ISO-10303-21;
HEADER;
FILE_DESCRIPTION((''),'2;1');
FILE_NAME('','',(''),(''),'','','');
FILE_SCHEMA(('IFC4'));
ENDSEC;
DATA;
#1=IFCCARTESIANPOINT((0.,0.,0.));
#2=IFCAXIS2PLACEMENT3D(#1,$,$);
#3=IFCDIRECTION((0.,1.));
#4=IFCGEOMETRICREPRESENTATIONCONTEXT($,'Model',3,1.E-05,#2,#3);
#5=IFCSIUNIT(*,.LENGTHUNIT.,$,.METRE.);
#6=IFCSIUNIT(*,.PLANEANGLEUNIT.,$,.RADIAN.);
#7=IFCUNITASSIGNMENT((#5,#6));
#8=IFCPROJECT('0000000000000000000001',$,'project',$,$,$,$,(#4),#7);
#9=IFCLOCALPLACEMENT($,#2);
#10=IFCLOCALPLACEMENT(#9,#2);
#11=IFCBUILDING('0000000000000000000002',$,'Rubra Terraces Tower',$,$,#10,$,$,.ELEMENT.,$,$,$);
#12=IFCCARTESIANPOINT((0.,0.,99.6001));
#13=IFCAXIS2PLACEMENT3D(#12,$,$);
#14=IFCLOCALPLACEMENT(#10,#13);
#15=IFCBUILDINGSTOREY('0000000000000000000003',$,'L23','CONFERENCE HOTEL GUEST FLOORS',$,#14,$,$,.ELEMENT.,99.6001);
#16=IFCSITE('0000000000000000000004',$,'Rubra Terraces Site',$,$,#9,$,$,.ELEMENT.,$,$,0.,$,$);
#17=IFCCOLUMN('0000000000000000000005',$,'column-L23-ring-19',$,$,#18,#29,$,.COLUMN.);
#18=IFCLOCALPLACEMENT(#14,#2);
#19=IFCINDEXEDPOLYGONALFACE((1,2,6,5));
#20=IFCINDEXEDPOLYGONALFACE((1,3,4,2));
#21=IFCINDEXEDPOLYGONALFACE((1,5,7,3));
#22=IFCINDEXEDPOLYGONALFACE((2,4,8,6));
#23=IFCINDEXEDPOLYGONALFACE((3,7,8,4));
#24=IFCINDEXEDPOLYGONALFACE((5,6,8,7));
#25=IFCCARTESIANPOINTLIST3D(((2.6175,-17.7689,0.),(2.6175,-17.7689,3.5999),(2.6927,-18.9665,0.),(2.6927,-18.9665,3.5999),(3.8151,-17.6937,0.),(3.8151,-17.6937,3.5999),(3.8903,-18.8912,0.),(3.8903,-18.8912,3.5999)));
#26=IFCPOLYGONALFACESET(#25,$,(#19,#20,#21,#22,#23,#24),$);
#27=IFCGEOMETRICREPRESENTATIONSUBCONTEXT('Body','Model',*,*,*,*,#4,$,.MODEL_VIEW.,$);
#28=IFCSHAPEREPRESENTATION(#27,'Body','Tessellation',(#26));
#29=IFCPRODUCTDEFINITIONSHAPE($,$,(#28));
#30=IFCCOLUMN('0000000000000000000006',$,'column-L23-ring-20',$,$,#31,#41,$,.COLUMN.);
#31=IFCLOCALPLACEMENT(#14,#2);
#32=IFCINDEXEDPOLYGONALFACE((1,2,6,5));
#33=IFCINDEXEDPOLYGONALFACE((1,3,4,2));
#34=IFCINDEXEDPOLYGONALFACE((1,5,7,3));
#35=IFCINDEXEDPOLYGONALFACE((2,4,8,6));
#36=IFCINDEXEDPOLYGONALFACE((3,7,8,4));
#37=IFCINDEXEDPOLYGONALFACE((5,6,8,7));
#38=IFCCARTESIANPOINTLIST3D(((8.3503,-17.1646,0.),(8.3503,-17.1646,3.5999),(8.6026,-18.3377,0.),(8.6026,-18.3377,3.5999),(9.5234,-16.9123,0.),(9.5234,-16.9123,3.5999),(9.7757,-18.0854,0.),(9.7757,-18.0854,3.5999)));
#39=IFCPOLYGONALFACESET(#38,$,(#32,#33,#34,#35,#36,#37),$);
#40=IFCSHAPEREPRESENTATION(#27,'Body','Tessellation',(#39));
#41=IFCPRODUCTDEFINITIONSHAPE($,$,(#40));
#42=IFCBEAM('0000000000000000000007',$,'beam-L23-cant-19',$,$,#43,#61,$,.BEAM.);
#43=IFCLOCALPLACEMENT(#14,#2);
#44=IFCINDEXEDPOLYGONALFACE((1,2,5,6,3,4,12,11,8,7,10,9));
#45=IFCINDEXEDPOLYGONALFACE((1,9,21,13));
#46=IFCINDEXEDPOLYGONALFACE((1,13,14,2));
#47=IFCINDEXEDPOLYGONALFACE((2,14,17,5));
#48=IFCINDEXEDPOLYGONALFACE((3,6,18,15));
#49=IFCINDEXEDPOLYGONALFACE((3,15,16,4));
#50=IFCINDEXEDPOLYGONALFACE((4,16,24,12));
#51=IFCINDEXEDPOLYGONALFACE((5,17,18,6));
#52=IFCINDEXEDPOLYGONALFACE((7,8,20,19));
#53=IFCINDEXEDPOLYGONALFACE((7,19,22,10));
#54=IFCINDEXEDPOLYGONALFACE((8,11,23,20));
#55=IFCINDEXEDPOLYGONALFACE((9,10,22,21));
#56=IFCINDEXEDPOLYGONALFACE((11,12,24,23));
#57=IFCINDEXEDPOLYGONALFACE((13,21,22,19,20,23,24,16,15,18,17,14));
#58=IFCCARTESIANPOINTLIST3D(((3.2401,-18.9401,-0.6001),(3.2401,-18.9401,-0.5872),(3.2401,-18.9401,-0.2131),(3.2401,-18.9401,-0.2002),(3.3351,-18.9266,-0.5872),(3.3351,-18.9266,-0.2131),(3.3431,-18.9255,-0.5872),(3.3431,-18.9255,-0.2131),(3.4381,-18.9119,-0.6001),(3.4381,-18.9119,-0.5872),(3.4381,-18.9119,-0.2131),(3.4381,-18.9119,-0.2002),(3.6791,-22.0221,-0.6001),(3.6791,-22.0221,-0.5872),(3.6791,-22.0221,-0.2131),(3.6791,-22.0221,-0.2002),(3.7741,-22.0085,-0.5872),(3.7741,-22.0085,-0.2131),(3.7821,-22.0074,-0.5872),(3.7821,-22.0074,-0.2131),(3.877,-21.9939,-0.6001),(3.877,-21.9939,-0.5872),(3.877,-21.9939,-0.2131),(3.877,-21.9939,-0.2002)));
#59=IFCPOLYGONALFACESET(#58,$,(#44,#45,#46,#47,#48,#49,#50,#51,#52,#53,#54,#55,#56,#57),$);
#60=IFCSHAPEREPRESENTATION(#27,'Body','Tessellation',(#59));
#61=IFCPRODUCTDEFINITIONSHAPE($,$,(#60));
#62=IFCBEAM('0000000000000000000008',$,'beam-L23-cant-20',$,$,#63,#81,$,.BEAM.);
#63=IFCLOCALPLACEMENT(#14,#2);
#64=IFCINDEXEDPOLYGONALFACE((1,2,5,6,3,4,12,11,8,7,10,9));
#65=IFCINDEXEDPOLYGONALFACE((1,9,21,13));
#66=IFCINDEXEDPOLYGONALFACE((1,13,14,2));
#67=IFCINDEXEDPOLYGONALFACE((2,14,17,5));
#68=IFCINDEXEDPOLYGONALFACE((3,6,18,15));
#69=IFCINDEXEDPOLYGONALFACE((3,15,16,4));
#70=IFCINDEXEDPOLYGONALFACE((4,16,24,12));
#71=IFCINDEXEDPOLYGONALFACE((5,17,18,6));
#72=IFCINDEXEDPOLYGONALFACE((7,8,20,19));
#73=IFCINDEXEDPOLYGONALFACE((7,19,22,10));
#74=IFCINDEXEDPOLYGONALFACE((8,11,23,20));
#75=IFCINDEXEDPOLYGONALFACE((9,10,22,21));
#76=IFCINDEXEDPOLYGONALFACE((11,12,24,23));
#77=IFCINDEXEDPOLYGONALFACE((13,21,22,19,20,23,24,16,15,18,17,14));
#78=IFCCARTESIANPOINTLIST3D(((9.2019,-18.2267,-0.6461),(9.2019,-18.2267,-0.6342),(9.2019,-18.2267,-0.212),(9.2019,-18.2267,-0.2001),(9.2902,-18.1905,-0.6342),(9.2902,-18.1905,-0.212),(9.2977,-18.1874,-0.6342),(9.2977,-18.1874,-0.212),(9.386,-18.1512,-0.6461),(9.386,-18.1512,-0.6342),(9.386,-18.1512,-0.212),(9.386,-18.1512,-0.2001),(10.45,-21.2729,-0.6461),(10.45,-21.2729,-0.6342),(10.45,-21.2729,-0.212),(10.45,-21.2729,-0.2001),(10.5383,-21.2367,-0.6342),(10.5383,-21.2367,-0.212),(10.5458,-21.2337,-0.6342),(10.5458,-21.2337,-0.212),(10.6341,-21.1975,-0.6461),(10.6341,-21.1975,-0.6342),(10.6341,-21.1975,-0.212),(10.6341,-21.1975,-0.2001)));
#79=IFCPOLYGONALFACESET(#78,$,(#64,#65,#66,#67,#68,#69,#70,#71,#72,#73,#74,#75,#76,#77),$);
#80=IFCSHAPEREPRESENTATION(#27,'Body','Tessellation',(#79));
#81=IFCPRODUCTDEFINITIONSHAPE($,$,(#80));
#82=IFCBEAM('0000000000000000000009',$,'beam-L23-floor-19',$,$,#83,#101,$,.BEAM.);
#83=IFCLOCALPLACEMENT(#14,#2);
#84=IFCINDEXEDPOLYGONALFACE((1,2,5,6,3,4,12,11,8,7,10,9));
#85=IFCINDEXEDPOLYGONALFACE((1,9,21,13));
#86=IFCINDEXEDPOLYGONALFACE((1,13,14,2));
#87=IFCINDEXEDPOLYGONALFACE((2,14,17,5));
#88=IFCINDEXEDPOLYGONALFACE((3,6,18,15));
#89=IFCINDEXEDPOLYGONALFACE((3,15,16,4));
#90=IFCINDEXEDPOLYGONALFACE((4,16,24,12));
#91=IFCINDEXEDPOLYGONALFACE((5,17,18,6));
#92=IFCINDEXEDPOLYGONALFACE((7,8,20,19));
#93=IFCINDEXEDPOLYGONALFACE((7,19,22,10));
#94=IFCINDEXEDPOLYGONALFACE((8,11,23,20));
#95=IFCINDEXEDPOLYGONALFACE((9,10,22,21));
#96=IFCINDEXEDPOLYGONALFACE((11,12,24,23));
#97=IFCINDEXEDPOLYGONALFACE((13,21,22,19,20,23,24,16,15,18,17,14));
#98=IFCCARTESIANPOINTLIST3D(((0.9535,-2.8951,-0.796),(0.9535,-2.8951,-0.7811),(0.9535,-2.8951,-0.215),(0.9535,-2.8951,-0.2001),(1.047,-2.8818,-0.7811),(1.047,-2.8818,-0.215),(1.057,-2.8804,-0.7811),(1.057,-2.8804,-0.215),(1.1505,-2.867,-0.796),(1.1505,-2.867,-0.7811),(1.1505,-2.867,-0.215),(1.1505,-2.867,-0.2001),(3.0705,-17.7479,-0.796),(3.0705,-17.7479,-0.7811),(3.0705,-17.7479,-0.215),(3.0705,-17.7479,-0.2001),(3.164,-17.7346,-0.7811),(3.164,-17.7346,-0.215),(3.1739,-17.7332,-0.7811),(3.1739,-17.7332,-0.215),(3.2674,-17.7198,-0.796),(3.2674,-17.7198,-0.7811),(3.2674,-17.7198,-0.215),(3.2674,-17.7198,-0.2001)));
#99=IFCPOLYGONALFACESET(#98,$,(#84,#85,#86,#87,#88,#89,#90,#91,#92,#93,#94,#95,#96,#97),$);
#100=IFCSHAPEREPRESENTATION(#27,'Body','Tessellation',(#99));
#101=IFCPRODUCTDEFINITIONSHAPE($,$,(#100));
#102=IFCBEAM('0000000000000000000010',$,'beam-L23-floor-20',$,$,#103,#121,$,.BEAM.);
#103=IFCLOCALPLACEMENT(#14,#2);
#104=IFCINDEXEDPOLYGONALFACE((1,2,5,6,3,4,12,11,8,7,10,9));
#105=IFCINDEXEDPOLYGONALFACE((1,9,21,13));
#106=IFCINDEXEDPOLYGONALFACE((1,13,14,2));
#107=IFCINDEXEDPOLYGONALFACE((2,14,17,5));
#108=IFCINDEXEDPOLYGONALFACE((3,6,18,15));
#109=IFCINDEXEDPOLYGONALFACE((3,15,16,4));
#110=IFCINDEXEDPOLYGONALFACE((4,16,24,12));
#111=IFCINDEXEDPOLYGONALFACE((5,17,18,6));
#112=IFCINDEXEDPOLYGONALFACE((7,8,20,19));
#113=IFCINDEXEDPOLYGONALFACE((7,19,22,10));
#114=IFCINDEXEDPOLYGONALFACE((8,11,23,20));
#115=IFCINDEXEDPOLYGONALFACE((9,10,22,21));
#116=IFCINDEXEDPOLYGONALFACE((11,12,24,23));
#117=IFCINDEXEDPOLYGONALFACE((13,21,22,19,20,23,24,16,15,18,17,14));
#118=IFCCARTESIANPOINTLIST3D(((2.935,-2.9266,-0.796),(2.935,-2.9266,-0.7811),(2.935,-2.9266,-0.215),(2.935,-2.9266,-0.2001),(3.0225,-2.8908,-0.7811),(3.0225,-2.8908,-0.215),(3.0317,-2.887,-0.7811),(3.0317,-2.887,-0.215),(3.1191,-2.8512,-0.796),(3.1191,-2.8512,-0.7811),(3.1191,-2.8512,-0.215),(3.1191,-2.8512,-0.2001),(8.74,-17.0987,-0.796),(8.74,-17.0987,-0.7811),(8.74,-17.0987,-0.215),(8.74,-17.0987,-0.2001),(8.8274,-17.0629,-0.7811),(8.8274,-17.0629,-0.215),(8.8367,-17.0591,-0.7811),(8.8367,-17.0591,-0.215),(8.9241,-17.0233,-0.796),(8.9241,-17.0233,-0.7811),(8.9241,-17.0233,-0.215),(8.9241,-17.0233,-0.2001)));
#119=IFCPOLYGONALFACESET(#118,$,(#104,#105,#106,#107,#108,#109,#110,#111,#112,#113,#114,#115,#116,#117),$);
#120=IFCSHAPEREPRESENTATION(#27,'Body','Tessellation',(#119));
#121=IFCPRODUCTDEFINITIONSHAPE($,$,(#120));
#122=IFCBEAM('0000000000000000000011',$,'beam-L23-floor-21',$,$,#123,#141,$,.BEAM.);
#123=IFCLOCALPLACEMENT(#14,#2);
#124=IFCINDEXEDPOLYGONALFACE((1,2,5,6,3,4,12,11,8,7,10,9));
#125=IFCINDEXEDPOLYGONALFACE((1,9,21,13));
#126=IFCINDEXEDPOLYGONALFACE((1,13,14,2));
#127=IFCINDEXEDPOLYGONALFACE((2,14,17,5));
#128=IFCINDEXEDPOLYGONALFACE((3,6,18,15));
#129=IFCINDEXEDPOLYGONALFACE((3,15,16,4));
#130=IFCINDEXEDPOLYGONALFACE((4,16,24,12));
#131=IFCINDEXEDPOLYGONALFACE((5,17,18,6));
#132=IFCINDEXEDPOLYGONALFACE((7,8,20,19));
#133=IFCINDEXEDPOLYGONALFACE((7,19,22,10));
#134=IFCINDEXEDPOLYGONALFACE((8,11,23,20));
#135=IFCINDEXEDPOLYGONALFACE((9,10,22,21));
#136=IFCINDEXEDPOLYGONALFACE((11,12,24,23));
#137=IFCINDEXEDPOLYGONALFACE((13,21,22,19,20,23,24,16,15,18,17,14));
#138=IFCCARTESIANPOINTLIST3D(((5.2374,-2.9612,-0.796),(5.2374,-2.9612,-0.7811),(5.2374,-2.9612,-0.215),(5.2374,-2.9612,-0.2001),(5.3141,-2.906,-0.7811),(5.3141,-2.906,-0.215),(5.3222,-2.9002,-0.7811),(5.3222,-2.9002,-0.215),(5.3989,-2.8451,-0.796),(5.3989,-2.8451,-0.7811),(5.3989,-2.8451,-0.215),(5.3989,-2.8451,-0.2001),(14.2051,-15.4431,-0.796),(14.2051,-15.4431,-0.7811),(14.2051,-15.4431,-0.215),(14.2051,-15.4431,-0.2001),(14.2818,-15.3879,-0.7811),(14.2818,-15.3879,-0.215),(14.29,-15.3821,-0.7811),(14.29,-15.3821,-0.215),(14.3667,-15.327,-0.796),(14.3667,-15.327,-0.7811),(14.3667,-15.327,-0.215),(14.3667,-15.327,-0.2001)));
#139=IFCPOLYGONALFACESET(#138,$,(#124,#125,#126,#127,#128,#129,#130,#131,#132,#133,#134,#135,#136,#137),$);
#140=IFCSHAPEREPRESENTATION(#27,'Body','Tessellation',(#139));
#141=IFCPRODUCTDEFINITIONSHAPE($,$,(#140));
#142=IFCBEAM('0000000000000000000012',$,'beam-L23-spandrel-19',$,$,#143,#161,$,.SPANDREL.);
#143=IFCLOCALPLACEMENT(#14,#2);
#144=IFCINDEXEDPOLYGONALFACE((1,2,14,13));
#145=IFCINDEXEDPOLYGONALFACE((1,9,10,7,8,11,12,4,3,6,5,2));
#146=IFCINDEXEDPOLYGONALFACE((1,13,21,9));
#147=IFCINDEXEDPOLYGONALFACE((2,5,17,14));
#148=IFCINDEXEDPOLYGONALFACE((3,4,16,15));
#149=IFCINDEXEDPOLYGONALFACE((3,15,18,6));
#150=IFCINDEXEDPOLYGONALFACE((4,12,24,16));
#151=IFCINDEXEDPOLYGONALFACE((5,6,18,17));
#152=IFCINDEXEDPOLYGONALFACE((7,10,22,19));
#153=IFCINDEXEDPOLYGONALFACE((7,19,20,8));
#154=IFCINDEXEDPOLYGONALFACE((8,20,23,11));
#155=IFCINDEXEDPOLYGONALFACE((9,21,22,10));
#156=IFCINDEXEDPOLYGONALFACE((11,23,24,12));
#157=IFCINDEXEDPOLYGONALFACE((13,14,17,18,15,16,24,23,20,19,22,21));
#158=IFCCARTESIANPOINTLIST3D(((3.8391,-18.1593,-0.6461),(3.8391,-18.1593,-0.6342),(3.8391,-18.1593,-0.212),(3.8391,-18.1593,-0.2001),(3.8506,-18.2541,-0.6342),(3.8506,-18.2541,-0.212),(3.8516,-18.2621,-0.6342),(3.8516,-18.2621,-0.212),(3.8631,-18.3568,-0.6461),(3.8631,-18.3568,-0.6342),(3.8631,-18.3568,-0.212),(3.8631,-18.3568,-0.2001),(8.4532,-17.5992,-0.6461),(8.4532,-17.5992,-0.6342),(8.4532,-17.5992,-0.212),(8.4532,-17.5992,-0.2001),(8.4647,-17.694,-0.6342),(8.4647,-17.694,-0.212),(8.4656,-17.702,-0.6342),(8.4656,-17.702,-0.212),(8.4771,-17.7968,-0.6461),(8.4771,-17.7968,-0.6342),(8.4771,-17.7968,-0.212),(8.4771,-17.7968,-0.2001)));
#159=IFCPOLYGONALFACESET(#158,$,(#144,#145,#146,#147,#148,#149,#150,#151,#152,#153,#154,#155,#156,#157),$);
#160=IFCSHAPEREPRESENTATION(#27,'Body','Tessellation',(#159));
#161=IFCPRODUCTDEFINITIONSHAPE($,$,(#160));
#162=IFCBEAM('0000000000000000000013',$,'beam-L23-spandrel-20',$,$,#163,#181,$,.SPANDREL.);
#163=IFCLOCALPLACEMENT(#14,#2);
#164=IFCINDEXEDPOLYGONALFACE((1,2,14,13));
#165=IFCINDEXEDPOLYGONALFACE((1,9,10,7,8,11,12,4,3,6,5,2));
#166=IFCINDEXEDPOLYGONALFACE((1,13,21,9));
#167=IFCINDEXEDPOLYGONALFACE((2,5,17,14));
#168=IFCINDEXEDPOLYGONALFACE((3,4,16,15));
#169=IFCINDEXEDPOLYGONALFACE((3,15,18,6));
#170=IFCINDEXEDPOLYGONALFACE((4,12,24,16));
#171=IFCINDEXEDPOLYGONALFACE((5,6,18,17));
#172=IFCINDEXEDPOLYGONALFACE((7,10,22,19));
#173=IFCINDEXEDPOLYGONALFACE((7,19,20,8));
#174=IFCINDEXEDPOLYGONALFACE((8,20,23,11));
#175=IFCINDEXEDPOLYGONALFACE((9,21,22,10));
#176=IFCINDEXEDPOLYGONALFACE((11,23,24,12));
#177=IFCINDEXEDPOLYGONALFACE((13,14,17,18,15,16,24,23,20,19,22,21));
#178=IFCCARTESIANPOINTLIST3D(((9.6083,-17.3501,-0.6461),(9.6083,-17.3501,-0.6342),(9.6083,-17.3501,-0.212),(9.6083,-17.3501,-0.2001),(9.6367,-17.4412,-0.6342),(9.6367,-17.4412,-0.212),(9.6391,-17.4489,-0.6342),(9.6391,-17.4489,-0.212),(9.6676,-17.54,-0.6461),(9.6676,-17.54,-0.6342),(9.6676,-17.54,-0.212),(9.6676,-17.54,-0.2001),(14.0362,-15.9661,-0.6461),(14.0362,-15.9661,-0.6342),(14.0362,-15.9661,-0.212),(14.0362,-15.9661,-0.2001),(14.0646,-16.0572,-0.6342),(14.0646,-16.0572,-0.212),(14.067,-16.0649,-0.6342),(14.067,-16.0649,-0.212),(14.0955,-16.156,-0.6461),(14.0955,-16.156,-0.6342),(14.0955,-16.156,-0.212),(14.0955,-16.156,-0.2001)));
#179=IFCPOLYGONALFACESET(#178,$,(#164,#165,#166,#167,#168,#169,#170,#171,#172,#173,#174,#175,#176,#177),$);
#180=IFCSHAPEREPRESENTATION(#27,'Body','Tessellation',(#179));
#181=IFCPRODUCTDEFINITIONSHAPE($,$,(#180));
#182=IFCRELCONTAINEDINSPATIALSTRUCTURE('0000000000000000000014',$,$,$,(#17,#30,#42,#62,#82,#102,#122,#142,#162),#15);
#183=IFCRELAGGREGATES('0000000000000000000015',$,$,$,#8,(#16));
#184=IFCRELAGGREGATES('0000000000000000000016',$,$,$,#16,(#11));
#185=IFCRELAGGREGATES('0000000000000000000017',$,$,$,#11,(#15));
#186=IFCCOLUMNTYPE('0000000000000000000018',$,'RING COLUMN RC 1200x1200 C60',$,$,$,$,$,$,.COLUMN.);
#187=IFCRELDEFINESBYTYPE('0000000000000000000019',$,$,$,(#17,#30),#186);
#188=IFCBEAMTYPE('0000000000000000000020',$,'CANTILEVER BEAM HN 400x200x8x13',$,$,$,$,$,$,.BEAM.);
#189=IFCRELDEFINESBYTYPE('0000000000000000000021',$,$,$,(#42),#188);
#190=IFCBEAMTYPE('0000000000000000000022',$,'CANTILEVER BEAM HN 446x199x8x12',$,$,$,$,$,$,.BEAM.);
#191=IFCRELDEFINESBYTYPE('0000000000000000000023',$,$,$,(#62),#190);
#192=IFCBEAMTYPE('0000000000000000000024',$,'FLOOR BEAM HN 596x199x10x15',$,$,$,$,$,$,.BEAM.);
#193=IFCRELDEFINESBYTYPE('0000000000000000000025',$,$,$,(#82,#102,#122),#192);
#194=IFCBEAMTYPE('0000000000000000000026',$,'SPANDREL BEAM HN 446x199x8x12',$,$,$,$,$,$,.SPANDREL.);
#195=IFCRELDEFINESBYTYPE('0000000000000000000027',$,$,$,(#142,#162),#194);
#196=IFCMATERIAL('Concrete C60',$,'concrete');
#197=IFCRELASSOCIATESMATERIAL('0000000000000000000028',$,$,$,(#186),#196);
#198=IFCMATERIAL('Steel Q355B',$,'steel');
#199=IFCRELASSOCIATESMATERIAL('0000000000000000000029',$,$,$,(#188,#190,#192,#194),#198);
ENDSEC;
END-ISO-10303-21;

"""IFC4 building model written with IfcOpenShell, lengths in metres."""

from ifc_helpers import new_model, si_unit, direction, frame, origin, origin_2d, place, context, subcontext, project, spatial, rectangle, i_section, extrude, material, material_profile, profile_set, type_object, element, save


model = new_model("IFC4")

# Units and contexts
model_context = context("Model", 3, precision=1e-05, world=origin(), true_north=direction((0.0, 1.0)))
body_context = subcontext(model_context, "Body", "Model", "MODEL_VIEW")
ifc_project = project(units=[si_unit("LENGTHUNIT", "METRE"), si_unit("PLANEANGLEUNIT", "RADIAN")], contexts=[model_context])

# Site, building, storey
site_placement = place(None, origin())
site = spatial("IfcSite", under=ifc_project, at=site_placement, Name="Rubra Terraces Site", CompositionType="ELEMENT", RefElevation=0.0)
building_placement = place(site_placement, origin())
building = spatial("IfcBuilding", under=site, at=building_placement, Name="Rubra Terraces Tower", CompositionType="ELEMENT")
storey_placement = place(building_placement, frame((0.0, 0.0, 99.6001)))
storey = spatial("IfcBuildingStorey", under=building, at=storey_placement, Name="L23", Description="CONFERENCE HOTEL GUEST FLOORS", CompositionType="ELEMENT", Elevation=99.6001)

# Columns
ifc_material_1 = material(Name="Concrete C60", Category="concrete")
ifc_material_profile_1 = material_profile(ifc_material_1, rectangle(XDim=1.2, YDim=1.2, at=origin_2d()), Name="RC 1200x1200")
ifc_profile_set_1 = profile_set([ifc_material_profile_1], Name="Concrete C60")
column_type = type_object("IfcColumnType", Name="RING COLUMN RC 1200x1200 C60", PredefinedType="COLUMN", material=ifc_profile_set_1)
for number, where, z_axis, x_axis, name in (
    (1, (3.2539, -18.3301, 0.0), (0.0, 0.0, 1.0), (0.998032, 0.062714, 0.0), "column-L23-ring-19"),
    (2, (9.063, -17.625, 0.0), (0.0, 0.0, 1.0), (0.977653, 0.210227, 0.0), "column-L23-ring-20"),
):
    element("IfcColumn", number, at=place(storey_placement, frame(where, z_axis=z_axis, x_axis=x_axis)), inside=storey, type_object=column_type, Name=name, PredefinedType="COLUMN", context=body_context, shape_type="SweptSolid", body=[
        extrude(rectangle(XDim=1.2, YDim=1.2, at=origin_2d()), origin(), (0.0, 0.0, 1.0), 3.5999),
    ])

# Beams
ifc_material_2 = material(Name="Steel Q355B", Category="steel")
ifc_material_profile_2 = material_profile(ifc_material_2, i_section(OverallWidth=0.2, OverallDepth=0.3999, WebThickness=0.0081, FlangeThickness=0.0129, at=origin_2d()), Name="HN 400x200x8x13")
ifc_profile_set_2 = profile_set([ifc_material_profile_2], Name="Steel Q355B")
beam_type_1 = type_object("IfcBeamType", Name="CANTILEVER BEAM HN 400x200x8x13", PredefinedType="BEAM", material=ifc_profile_set_2)
beam_1_placement = place(storey_placement, frame((3.3391, -18.926, -0.4001), z_axis=(0.141004, -0.990009, 0.0), x_axis=(0.990009, 0.141004, 0.0)))
element("IfcBeam", 3, at=beam_1_placement, inside=storey, type_object=beam_type_1, Name="beam-L23-cant-19", PredefinedType="BEAM", context=body_context, shape_type="SweptSolid", body=[
    extrude(i_section(OverallWidth=0.2, OverallDepth=0.3999, WebThickness=0.0081, FlangeThickness=0.0129, at=origin_2d()), origin(), (0.0, 0.0, 1.0), 3.113),
])
ifc_material_profile_3 = material_profile(ifc_material_2, i_section(OverallWidth=0.199, OverallDepth=0.446, WebThickness=0.0081, FlangeThickness=0.012, at=origin_2d()), Name="HN 446x199x8x12")
ifc_profile_set_3 = profile_set([ifc_material_profile_3], Name="Steel Q355B")
beam_type_2 = type_object("IfcBeamType", Name="CANTILEVER BEAM HN 446x199x8x12", PredefinedType="BEAM", material=ifc_profile_set_3)
beam_2_placement = place(storey_placement, frame((9.2939, -18.189, -0.4231), z_axis=(0.379127, -0.925345, 0.0), x_axis=(0.925345, 0.379127, 0.0)))
element("IfcBeam", 4, at=beam_2_placement, inside=storey, type_object=beam_type_2, Name="beam-L23-cant-20", PredefinedType="BEAM", context=body_context, shape_type="SweptSolid", body=[
    extrude(i_section(OverallWidth=0.199, OverallDepth=0.446, WebThickness=0.0081, FlangeThickness=0.012, at=origin_2d()), origin(), (0.0, 0.0, 1.0), 3.292),
])
ifc_material_profile_4 = material_profile(ifc_material_2, i_section(OverallWidth=0.199, OverallDepth=0.5959, WebThickness=0.01, FlangeThickness=0.0149, at=origin_2d()), Name="HN 596x199x10x15")
ifc_profile_set_4 = profile_set([ifc_material_profile_4], Name="Steel Q355B")
beam_type_3 = type_object("IfcBeamType", Name="FLOOR BEAM HN 596x199x10x15", PredefinedType="BEAM", material=ifc_profile_set_4)
beam_3_placement = place(storey_placement, frame((3.1689, -17.7339, -0.498), z_axis=(-0.141102, 0.989995, 0.0), x_axis=(-0.989995, -0.141102, 0.0)))
element("IfcBeam", 5, at=beam_3_placement, inside=storey, type_object=beam_type_3, Name="beam-L23-floor-19", PredefinedType="BEAM", context=body_context, shape_type="SweptSolid", body=[
    extrude(i_section(OverallWidth=0.199, OverallDepth=0.5959, WebThickness=0.01, FlangeThickness=0.0149, at=origin_2d()), origin(), (0.0, 0.0, 1.0), 15.0029),
])
beam_4_placement = place(storey_placement, frame((8.832, -17.061, -0.498), z_axis=(-0.379038, 0.925381, 0.0), x_axis=(-0.925381, -0.379038, 0.0)))
element("IfcBeam", 6, at=beam_4_placement, inside=storey, type_object=beam_type_3, Name="beam-L23-floor-20", PredefinedType="BEAM", context=body_context, shape_type="SweptSolid", body=[
    extrude(i_section(OverallWidth=0.199, OverallDepth=0.5959, WebThickness=0.01, FlangeThickness=0.0149, at=origin_2d()), origin(), (0.0, 0.0, 1.0), 15.3149),
])
beam_5_placement = place(storey_placement, frame((14.2859, -15.385, -0.498), z_axis=(-0.583481, 0.812127, 0.0), x_axis=(-0.812127, -0.583481, 0.0)))
element("IfcBeam", 7, at=beam_5_placement, inside=storey, type_object=beam_type_3, Name="beam-L23-floor-21", PredefinedType="BEAM", context=body_context, shape_type="SweptSolid", body=[
    extrude(i_section(OverallWidth=0.199, OverallDepth=0.5959, WebThickness=0.01, FlangeThickness=0.0149, at=origin_2d()), origin(), (0.0, 0.0, 1.0), 15.3694),
])
ifc_material_profile_5 = material_profile(ifc_material_2, i_section(OverallWidth=0.199, OverallDepth=0.446, WebThickness=0.0081, FlangeThickness=0.012, at=origin_2d()), Name="HN 446x199x8x12")
ifc_profile_set_5 = profile_set([ifc_material_profile_5], Name="Steel Q355B")
beam_type_4 = type_object("IfcBeamType", Name="SPANDREL BEAM HN 446x199x8x12", PredefinedType="SPANDREL", material=ifc_profile_set_5)
beam_6_placement = place(storey_placement, frame((3.8511, -18.2581, -0.4231), z_axis=(0.992714, 0.120498, 0.0), x_axis=(-0.120498, 0.992714, 0.0)))
element("IfcBeam", 8, at=beam_6_placement, inside=storey, type_object=beam_type_4, Name="beam-L23-spandrel-19", PredefinedType="SPANDREL", context=body_context, shape_type="SweptSolid", body=[
    extrude(i_section(OverallWidth=0.199, OverallDepth=0.446, WebThickness=0.0081, FlangeThickness=0.012, at=origin_2d()), origin(), (0.0, 0.0, 1.0), 4.6479),
])
beam_7_placement = place(storey_placement, frame((9.6379, -17.4451, -0.4231), z_axis=(0.954462, 0.298332, 0.0), x_axis=(-0.298332, 0.954462, 0.0)))
element("IfcBeam", 9, at=beam_7_placement, inside=storey, type_object=beam_type_4, Name="beam-L23-spandrel-20", PredefinedType="SPANDREL", context=body_context, shape_type="SweptSolid", body=[
    extrude(i_section(OverallWidth=0.199, OverallDepth=0.446, WebThickness=0.0081, FlangeThickness=0.012, at=origin_2d()), origin(), (0.0, 0.0, 1.0), 4.6392),
])

save(model, "model.ifc")
